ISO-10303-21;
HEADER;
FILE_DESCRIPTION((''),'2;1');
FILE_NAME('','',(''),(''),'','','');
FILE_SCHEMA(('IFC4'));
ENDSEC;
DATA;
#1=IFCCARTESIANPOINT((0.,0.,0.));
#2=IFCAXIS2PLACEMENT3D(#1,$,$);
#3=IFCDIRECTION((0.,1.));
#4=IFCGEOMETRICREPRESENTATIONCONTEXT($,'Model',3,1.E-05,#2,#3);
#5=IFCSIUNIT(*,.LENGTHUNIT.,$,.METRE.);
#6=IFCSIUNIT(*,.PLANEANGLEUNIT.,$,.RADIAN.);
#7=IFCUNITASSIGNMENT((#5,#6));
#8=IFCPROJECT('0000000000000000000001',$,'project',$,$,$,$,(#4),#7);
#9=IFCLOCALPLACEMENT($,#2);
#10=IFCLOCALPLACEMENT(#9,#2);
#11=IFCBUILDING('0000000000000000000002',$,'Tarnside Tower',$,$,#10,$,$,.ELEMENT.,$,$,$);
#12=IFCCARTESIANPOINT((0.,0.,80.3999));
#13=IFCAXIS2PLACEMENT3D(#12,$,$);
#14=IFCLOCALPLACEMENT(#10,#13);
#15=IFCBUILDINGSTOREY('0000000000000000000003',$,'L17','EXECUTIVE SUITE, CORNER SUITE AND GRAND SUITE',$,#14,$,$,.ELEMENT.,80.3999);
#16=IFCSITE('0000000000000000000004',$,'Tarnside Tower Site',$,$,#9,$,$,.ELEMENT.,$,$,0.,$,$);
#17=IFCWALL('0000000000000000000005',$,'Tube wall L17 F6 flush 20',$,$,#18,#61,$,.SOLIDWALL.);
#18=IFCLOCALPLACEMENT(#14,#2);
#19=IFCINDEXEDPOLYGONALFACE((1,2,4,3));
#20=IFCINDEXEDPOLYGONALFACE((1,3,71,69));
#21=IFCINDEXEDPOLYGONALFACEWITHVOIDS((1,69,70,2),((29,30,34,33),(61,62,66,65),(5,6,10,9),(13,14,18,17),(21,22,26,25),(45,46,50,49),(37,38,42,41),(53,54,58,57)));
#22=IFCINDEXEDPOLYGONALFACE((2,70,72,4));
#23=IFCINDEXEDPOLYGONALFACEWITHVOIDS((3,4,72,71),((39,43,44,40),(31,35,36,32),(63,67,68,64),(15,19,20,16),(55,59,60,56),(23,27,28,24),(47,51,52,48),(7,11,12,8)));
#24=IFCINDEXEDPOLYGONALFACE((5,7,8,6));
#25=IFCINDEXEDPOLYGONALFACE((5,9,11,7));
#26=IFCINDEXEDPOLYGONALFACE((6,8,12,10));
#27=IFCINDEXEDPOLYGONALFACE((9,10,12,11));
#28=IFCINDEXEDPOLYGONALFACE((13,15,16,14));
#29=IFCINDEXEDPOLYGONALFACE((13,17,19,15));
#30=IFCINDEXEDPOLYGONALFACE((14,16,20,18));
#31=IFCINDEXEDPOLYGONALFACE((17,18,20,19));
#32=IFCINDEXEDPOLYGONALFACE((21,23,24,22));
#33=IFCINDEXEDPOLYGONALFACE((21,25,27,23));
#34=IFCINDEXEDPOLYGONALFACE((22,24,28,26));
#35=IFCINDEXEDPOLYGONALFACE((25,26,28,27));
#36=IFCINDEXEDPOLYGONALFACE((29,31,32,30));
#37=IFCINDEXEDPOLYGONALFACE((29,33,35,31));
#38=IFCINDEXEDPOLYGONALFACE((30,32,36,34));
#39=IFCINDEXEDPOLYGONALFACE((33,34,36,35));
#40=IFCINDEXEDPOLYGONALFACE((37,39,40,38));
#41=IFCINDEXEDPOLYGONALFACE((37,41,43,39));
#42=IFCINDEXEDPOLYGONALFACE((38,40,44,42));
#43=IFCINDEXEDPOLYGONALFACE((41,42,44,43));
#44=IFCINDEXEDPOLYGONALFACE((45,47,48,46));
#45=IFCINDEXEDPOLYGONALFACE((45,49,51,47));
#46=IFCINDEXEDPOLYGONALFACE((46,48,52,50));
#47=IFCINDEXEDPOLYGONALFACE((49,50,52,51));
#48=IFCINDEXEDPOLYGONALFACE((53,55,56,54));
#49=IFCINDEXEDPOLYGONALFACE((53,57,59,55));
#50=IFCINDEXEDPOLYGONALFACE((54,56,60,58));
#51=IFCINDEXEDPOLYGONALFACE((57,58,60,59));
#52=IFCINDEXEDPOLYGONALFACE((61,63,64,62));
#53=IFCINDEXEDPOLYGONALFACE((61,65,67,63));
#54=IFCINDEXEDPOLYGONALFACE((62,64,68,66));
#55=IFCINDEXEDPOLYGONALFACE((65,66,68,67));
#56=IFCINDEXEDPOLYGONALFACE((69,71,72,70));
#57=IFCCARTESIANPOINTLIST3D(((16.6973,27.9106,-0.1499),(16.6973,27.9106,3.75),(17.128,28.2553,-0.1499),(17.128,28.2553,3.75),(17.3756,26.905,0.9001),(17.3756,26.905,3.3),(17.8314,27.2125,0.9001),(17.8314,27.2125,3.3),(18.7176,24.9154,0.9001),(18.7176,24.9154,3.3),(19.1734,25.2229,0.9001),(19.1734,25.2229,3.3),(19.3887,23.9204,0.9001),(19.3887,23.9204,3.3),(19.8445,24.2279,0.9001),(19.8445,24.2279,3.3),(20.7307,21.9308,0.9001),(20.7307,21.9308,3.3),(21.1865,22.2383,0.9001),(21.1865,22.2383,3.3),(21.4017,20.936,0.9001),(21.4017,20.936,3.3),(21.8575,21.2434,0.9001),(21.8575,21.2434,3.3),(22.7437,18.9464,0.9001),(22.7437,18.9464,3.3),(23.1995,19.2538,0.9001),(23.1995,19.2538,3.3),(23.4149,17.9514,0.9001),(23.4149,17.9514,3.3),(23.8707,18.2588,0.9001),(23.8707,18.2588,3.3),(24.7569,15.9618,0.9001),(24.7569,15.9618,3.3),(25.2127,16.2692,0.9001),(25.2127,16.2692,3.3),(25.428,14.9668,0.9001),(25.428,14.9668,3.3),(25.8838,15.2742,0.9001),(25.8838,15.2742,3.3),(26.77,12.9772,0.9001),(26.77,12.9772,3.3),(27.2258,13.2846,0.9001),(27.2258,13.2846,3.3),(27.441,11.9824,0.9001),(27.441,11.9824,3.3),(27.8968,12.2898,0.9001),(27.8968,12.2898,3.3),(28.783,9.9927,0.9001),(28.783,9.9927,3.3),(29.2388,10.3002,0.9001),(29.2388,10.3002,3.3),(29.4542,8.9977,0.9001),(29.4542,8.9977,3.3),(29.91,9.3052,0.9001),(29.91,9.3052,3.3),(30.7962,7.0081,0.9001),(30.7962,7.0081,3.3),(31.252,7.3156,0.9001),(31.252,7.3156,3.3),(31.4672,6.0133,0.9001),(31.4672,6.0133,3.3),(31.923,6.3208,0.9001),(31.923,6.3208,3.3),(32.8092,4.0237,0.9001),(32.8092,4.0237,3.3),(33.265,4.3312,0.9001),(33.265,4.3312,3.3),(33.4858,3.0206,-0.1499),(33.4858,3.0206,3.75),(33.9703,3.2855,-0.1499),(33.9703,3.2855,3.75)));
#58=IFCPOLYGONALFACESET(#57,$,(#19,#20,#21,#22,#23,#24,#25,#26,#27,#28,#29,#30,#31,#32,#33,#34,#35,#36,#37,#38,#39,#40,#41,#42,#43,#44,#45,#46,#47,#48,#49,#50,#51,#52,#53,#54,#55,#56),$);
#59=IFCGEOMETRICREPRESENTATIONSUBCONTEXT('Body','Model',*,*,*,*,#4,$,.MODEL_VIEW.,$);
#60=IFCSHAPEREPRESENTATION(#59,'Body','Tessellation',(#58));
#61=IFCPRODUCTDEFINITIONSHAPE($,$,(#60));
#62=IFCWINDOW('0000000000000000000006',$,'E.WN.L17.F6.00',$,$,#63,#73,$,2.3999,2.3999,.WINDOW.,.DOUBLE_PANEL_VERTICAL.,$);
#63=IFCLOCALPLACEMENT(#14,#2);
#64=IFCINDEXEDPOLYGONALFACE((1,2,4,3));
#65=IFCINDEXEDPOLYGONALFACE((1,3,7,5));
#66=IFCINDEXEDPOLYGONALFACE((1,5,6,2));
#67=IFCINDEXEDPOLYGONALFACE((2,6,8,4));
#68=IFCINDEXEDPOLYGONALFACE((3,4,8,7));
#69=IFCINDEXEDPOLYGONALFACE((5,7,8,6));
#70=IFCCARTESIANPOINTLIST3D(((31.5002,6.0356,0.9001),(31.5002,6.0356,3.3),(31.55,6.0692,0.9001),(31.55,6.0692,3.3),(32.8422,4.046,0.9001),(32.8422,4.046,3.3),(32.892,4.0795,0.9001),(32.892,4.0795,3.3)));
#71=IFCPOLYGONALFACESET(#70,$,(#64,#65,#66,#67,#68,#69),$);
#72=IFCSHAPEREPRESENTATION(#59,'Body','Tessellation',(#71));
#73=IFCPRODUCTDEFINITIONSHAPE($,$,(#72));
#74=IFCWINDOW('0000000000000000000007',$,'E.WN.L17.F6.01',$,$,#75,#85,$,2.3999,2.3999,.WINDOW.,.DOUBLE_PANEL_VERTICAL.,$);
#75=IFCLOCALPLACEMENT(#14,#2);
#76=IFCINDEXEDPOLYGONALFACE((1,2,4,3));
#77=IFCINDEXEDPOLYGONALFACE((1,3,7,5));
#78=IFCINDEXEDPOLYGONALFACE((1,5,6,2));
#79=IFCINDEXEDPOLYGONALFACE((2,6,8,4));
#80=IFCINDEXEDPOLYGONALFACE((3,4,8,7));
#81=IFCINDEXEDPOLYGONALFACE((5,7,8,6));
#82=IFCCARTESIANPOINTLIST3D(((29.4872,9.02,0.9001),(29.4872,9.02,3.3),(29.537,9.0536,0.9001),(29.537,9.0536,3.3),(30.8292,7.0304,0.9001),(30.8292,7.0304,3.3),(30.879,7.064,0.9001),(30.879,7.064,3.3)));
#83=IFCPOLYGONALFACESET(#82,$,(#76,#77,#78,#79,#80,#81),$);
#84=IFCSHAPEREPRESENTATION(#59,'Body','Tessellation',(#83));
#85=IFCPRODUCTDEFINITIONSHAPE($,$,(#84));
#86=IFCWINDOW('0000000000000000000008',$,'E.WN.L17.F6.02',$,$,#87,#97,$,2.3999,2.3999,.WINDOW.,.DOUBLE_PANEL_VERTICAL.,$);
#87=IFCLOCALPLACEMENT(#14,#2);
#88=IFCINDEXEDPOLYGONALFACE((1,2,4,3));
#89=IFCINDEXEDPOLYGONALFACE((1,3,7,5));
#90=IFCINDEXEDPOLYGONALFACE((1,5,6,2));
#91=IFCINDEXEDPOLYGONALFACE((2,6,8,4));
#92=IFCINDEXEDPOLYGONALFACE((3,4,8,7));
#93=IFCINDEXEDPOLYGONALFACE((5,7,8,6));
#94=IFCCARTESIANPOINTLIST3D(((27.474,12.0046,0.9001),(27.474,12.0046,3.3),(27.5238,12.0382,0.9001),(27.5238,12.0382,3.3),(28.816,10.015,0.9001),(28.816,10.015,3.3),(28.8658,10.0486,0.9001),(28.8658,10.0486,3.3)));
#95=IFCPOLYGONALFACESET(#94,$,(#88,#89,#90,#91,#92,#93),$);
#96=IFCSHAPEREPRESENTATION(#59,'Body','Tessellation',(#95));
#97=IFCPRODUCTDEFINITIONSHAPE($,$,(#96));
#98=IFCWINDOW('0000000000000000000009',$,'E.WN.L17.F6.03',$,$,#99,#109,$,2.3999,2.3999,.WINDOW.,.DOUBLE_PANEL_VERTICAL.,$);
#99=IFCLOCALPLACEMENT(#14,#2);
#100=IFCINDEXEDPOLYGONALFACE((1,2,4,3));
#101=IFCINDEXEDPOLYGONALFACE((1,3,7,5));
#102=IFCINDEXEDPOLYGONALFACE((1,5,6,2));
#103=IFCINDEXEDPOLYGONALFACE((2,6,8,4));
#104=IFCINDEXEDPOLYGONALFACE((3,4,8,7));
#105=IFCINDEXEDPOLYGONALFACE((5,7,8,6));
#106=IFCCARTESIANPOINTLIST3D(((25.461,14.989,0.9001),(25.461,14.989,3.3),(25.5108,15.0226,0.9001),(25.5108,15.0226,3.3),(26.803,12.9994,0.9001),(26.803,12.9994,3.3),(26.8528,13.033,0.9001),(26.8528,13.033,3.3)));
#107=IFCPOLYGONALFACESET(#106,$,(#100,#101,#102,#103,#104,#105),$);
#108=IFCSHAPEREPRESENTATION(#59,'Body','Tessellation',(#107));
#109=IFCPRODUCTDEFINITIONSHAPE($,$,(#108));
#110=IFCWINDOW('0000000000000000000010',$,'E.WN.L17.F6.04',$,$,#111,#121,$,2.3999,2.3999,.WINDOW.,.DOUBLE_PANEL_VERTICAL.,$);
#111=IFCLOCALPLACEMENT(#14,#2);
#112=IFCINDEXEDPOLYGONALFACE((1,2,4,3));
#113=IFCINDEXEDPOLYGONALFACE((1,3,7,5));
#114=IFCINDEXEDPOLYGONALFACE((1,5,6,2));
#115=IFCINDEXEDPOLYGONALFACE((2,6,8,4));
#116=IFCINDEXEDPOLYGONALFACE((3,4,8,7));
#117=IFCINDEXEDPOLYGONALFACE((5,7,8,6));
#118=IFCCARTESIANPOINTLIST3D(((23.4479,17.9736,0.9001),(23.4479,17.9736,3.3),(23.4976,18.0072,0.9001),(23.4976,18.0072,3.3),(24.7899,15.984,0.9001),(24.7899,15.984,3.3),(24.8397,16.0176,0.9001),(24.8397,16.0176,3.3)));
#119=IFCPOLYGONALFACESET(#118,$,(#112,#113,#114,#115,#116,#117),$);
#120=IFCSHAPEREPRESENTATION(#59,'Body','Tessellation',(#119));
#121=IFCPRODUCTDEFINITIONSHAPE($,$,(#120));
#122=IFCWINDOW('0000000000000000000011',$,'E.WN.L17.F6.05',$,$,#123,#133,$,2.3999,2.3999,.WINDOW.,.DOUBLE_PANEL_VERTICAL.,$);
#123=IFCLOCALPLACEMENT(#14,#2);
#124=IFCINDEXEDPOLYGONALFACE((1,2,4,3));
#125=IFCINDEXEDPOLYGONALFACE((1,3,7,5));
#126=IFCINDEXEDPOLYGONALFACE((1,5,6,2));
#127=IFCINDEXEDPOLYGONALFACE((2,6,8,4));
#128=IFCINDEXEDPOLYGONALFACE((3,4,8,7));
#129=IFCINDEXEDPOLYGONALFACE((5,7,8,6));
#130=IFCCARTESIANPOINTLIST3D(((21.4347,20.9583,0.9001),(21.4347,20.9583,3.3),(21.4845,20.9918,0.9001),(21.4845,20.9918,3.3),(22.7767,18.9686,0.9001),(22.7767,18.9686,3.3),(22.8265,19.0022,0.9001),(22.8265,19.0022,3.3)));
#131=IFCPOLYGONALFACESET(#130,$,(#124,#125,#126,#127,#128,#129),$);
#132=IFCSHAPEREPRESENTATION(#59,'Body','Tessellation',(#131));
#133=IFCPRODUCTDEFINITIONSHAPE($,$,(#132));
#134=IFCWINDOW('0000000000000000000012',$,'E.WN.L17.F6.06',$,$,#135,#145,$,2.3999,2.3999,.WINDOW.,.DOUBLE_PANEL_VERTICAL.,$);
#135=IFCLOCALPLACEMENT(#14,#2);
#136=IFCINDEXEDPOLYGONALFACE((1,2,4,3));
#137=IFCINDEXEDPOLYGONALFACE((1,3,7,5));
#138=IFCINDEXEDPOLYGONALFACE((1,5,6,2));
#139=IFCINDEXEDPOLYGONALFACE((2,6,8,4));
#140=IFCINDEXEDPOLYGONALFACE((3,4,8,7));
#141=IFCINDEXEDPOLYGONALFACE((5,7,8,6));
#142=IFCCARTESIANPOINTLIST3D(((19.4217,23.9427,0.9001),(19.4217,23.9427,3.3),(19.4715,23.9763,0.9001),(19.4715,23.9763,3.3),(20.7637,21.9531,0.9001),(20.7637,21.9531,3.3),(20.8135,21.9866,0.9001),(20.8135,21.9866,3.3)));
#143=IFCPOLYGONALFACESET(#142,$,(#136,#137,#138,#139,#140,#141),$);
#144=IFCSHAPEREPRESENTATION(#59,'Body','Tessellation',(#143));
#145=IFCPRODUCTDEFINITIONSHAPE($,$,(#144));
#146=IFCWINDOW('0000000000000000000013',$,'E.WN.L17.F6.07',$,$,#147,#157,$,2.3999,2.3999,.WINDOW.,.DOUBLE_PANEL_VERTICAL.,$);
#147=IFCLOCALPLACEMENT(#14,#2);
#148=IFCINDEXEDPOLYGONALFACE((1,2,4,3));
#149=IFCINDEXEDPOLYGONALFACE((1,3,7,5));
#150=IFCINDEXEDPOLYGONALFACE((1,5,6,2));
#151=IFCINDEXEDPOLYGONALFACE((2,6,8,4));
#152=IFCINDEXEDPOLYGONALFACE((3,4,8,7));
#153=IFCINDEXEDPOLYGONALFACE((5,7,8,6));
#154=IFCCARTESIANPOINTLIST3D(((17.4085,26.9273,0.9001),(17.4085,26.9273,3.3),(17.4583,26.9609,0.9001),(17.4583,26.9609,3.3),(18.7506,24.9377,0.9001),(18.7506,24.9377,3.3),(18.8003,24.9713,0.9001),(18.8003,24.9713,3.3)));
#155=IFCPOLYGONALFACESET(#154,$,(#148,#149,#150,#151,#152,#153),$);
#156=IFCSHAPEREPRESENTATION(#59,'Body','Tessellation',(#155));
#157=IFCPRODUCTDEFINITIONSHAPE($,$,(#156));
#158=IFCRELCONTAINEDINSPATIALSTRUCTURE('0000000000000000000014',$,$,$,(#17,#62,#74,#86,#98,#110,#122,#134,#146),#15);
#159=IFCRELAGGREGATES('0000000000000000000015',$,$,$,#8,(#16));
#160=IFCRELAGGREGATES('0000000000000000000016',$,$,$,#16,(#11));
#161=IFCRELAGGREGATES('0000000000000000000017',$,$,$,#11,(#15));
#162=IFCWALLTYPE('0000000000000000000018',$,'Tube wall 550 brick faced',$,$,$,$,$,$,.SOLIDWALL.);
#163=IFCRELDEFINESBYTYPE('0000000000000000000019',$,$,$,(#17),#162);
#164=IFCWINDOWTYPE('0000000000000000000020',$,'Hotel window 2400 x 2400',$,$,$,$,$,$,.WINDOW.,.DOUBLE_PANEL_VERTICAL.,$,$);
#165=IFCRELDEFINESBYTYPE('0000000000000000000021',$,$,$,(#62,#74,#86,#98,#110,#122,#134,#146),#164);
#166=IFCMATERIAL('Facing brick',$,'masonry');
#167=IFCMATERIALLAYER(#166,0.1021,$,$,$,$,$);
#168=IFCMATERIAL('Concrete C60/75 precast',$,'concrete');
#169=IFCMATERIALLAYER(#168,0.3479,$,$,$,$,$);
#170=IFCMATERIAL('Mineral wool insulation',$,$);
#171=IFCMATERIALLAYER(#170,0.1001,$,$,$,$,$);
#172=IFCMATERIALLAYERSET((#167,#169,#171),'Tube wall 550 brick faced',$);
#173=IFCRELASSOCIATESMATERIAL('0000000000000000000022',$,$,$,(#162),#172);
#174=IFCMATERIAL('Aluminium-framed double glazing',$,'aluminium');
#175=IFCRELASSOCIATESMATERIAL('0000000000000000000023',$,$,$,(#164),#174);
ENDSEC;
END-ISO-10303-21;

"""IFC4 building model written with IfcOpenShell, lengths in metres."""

from ifc_helpers import new_model, si_unit, direction, frame, frame_2d, origin, place, context, subcontext, project, spatial, polyline, rectangle, outline, extrude, material, layer, layer_set, type_object, element, fill, save


model = new_model("IFC4")

# Units and contexts
model_context = context("Model", 3, precision=1e-05, world=origin(), true_north=direction((0.0, 1.0)))
body_context = subcontext(model_context, "Body", "Model", "MODEL_VIEW")
ifc_project = project(units=[si_unit("LENGTHUNIT", "METRE"), si_unit("PLANEANGLEUNIT", "RADIAN")], contexts=[model_context])

# Site, building, storey
site_placement = place(None, origin())
site = spatial("IfcSite", under=ifc_project, at=site_placement, Name="Tarnside Tower Site", CompositionType="ELEMENT", RefElevation=0.0)
building_placement = place(site_placement, origin())
building = spatial("IfcBuilding", under=site, at=building_placement, Name="Tarnside Tower", CompositionType="ELEMENT")
storey_placement = place(building_placement, frame((0.0, 0.0, 80.3999)))
storey = spatial("IfcBuildingStorey", under=building, at=storey_placement, Name="L17", Description="EXECUTIVE SUITE, CORNER SUITE AND GRAND SUITE", CompositionType="ELEMENT", Elevation=80.3999)

# Shared definitions
ifc_material_1 = material(Name="Facing brick", Category="masonry")
ifc_layer_1 = layer(ifc_material_1, 0.1021)
ifc_material_2 = material(Name="Concrete C60/75 precast", Category="concrete")
ifc_layer_2 = layer(ifc_material_2, 0.3479)
ifc_material_3 = material(Name="Mineral wool insulation")
ifc_layer_3 = layer(ifc_material_3, 0.1001)
ifc_layer_set_1 = layer_set([ifc_layer_1, ifc_layer_2, ifc_layer_3], Name="Tube wall 550 brick faced")
wall_type_1 = type_object("IfcWallType", Name="Tube wall 550 brick faced", PredefinedType="SOLIDWALL", material=ifc_layer_set_1)

# Wall, openings, windows
wall_1_placement = place(storey_placement, frame((33.728, 3.1531, -0.1499), z_axis=(0.0, 0.0, 1.0), x_axis=(-0.559192, 0.829038, 0.0)))
wall_1 = element("IfcWall", 1, at=wall_1_placement, inside=storey, type_object=wall_type_1, Name="Tube wall L17 F6 flush 20", PredefinedType="SOLIDWALL", context=body_context, shape_type="SweptSolid", body=[
    extrude(outline(polyline([(-0.0256, -0.2749), (30.0933, -0.2749), (30.0483, 0.2749), (0.0256, 0.2749), (-0.0256, -0.2749)])), origin(), (0.0, 0.0, 1.0), 3.8999),
])
opening_1_placement = place(wall_1_placement, frame((1.2356, 0.0, 1.05)))
opening_1 = element("IfcOpeningElement", 2, at=opening_1_placement, cuts=wall_1, PredefinedType="OPENING", context=body_context, shape_type="SweptSolid", body=[
    extrude(rectangle(XDim=2.3999, YDim=2.3999, at=frame_2d((1.2, 1.2))), frame((0.0, 0.2852, 0.0), z_axis=(0.0, -1.0, 0.0), x_axis=(1.0, 0.0, 0.0)), (0.0, 0.0, 1.0), 0.5701),
])
opening_2_placement = place(wall_1_placement, frame((4.8354, 0.0, 1.05)))
opening_2 = element("IfcOpeningElement", 3, at=opening_2_placement, cuts=wall_1, PredefinedType="OPENING", context=body_context, shape_type="SweptSolid", body=[
    extrude(rectangle(XDim=2.3999, YDim=2.3999, at=frame_2d((1.2, 1.2))), frame((0.0, 0.2852, 0.0), z_axis=(0.0, -1.0, 0.0), x_axis=(1.0, 0.0, 0.0)), (0.0, 0.0, 1.0), 0.5701),
])
opening_3_placement = place(wall_1_placement, frame((8.4355, 0.0, 1.05)))
opening_3 = element("IfcOpeningElement", 4, at=opening_3_placement, cuts=wall_1, PredefinedType="OPENING", context=body_context, shape_type="SweptSolid", body=[
    extrude(rectangle(XDim=2.3999, YDim=2.3999, at=frame_2d((1.2, 1.2))), frame((0.0, 0.2852, 0.0), z_axis=(0.0, -1.0, 0.0), x_axis=(1.0, 0.0, 0.0)), (0.0, 0.0, 1.0), 0.5701),
])
opening_4_placement = place(wall_1_placement, frame((12.0354, 0.0, 1.05)))
opening_4 = element("IfcOpeningElement", 5, at=opening_4_placement, cuts=wall_1, PredefinedType="OPENING", context=body_context, shape_type="SweptSolid", body=[
    extrude(rectangle(XDim=2.3999, YDim=2.3999, at=frame_2d((1.2, 1.2))), frame((0.0, 0.2852, 0.0), z_axis=(0.0, -1.0, 0.0), x_axis=(1.0, 0.0, 0.0)), (0.0, 0.0, 1.0), 0.5701),
])
opening_5_placement = place(wall_1_placement, frame((15.6355, 0.0, 1.05)))
opening_5 = element("IfcOpeningElement", 6, at=opening_5_placement, cuts=wall_1, PredefinedType="OPENING", context=body_context, shape_type="SweptSolid", body=[
    extrude(rectangle(XDim=2.3999, YDim=2.3999, at=frame_2d((1.2, 1.2))), frame((0.0, 0.2852, 0.0), z_axis=(0.0, -1.0, 0.0), x_axis=(1.0, 0.0, 0.0)), (0.0, 0.0, 1.0), 0.5701),
])
opening_6_placement = place(wall_1_placement, frame((19.2356, 0.0, 1.05)))
opening_6 = element("IfcOpeningElement", 7, at=opening_6_placement, cuts=wall_1, PredefinedType="OPENING", context=body_context, shape_type="SweptSolid", body=[
    extrude(rectangle(XDim=2.3999, YDim=2.3999, at=frame_2d((1.2, 1.2))), frame((0.0, 0.2852, 0.0), z_axis=(0.0, -1.0, 0.0), x_axis=(1.0, 0.0, 0.0)), (0.0, 0.0, 1.0), 0.5701),
])
opening_7_placement = place(wall_1_placement, frame((22.8354, 0.0, 1.05)))
opening_7 = element("IfcOpeningElement", 8, at=opening_7_placement, cuts=wall_1, PredefinedType="OPENING", context=body_context, shape_type="SweptSolid", body=[
    extrude(rectangle(XDim=2.3999, YDim=2.3999, at=frame_2d((1.2, 1.2))), frame((0.0, 0.2852, 0.0), z_axis=(0.0, -1.0, 0.0), x_axis=(1.0, 0.0, 0.0)), (0.0, 0.0, 1.0), 0.5701),
])
opening_8_placement = place(wall_1_placement, frame((26.4355, 0.0, 1.05)))
opening_8 = element("IfcOpeningElement", 9, at=opening_8_placement, cuts=wall_1, PredefinedType="OPENING", context=body_context, shape_type="SweptSolid", body=[
    extrude(rectangle(XDim=2.3999, YDim=2.3999, at=frame_2d((1.2, 1.2))), frame((0.0, 0.2852, 0.0), z_axis=(0.0, -1.0, 0.0), x_axis=(1.0, 0.0, 0.0)), (0.0, 0.0, 1.0), 0.5701),
])
ifc_material_4 = material(Name="Aluminium-framed double glazing", Category="aluminium")
window_type = type_object("IfcWindowType", Name="Hotel window 2400 x 2400", PartitioningType="DOUBLE_PANEL_VERTICAL", PredefinedType="WINDOW", material=ifc_material_4)
window_1_placement = place(opening_1_placement, frame((0.0, 0.2051, 0.0)))
window_1 = element("IfcWindow", 10, at=window_1_placement, inside=storey, type_object=window_type, Name="E.WN.L17.F6.00", OverallHeight=2.3999, OverallWidth=2.3999, PartitioningType="DOUBLE_PANEL_VERTICAL", PredefinedType="WINDOW", context=body_context, shape_type="SweptSolid", body=[
    extrude(rectangle(XDim=2.3999, YDim=2.3999, at=frame_2d((1.2, 1.2))), frame((0.0, 0.03, 0.0), z_axis=(0.0, -1.0, 0.0), x_axis=(1.0, 0.0, 0.0)), (0.0, 0.0, 1.0), 0.0601),
])
fill(opening_1, window_1)
window_2_placement = place(opening_2_placement, frame((0.0, 0.2051, 0.0)))
window_2 = element("IfcWindow", 11, at=window_2_placement, inside=storey, type_object=window_type, Name="E.WN.L17.F6.01", OverallHeight=2.3999, OverallWidth=2.3999, PartitioningType="DOUBLE_PANEL_VERTICAL", PredefinedType="WINDOW", context=body_context, shape_type="SweptSolid", body=[
    extrude(rectangle(XDim=2.3999, YDim=2.3999, at=frame_2d((1.2, 1.2))), frame((0.0, 0.03, 0.0), z_axis=(0.0, -1.0, 0.0), x_axis=(1.0, 0.0, 0.0)), (0.0, 0.0, 1.0), 0.0601),
])
fill(opening_2, window_2)
window_3_placement = place(opening_3_placement, frame((0.0, 0.2051, 0.0)))
window_3 = element("IfcWindow", 12, at=window_3_placement, inside=storey, type_object=window_type, Name="E.WN.L17.F6.02", OverallHeight=2.3999, OverallWidth=2.3999, PartitioningType="DOUBLE_PANEL_VERTICAL", PredefinedType="WINDOW", context=body_context, shape_type="SweptSolid", body=[
    extrude(rectangle(XDim=2.3999, YDim=2.3999, at=frame_2d((1.2, 1.2))), frame((0.0, 0.03, 0.0), z_axis=(0.0, -1.0, 0.0), x_axis=(1.0, 0.0, 0.0)), (0.0, 0.0, 1.0), 0.0601),
])
fill(opening_3, window_3)
window_4_placement = place(opening_4_placement, frame((0.0, 0.2051, 0.0)))
window_4 = element("IfcWindow", 13, at=window_4_placement, inside=storey, type_object=window_type, Name="E.WN.L17.F6.03", OverallHeight=2.3999, OverallWidth=2.3999, PartitioningType="DOUBLE_PANEL_VERTICAL", PredefinedType="WINDOW", context=body_context, shape_type="SweptSolid", body=[
    extrude(rectangle(XDim=2.3999, YDim=2.3999, at=frame_2d((1.2, 1.2))), frame((0.0, 0.03, 0.0), z_axis=(0.0, -1.0, 0.0), x_axis=(1.0, 0.0, 0.0)), (0.0, 0.0, 1.0), 0.0601),
])
fill(opening_4, window_4)
window_5_placement = place(opening_5_placement, frame((0.0, 0.2051, 0.0)))
window_5 = element("IfcWindow", 14, at=window_5_placement, inside=storey, type_object=window_type, Name="E.WN.L17.F6.04", OverallHeight=2.3999, OverallWidth=2.3999, PartitioningType="DOUBLE_PANEL_VERTICAL", PredefinedType="WINDOW", context=body_context, shape_type="SweptSolid", body=[
    extrude(rectangle(XDim=2.3999, YDim=2.3999, at=frame_2d((1.2, 1.2))), frame((0.0, 0.03, 0.0), z_axis=(0.0, -1.0, 0.0), x_axis=(1.0, 0.0, 0.0)), (0.0, 0.0, 1.0), 0.0601),
])
fill(opening_5, window_5)
window_6_placement = place(opening_6_placement, frame((0.0, 0.2051, 0.0)))
window_6 = element("IfcWindow", 15, at=window_6_placement, inside=storey, type_object=window_type, Name="E.WN.L17.F6.05", OverallHeight=2.3999, OverallWidth=2.3999, PartitioningType="DOUBLE_PANEL_VERTICAL", PredefinedType="WINDOW", context=body_context, shape_type="SweptSolid", body=[
    extrude(rectangle(XDim=2.3999, YDim=2.3999, at=frame_2d((1.2, 1.2))), frame((0.0, 0.03, 0.0), z_axis=(0.0, -1.0, 0.0), x_axis=(1.0, 0.0, 0.0)), (0.0, 0.0, 1.0), 0.0601),
])
fill(opening_6, window_6)
window_7_placement = place(opening_7_placement, frame((0.0, 0.2051, 0.0)))
window_7 = element("IfcWindow", 16, at=window_7_placement, inside=storey, type_object=window_type, Name="E.WN.L17.F6.06", OverallHeight=2.3999, OverallWidth=2.3999, PartitioningType="DOUBLE_PANEL_VERTICAL", PredefinedType="WINDOW", context=body_context, shape_type="SweptSolid", body=[
    extrude(rectangle(XDim=2.3999, YDim=2.3999, at=frame_2d((1.2, 1.2))), frame((0.0, 0.03, 0.0), z_axis=(0.0, -1.0, 0.0), x_axis=(1.0, 0.0, 0.0)), (0.0, 0.0, 1.0), 0.0601),
])
fill(opening_7, window_7)
window_8_placement = place(opening_8_placement, frame((0.0, 0.2051, 0.0)))
window_8 = element("IfcWindow", 17, at=window_8_placement, inside=storey, type_object=window_type, Name="E.WN.L17.F6.07", OverallHeight=2.3999, OverallWidth=2.3999, PartitioningType="DOUBLE_PANEL_VERTICAL", PredefinedType="WINDOW", context=body_context, shape_type="SweptSolid", body=[
    extrude(rectangle(XDim=2.3999, YDim=2.3999, at=frame_2d((1.2, 1.2))), frame((0.0, 0.03, 0.0), z_axis=(0.0, -1.0, 0.0), x_axis=(1.0, 0.0, 0.0)), (0.0, 0.0, 1.0), 0.0601),
])
fill(opening_8, window_8)

save(model, "model.ifc")
